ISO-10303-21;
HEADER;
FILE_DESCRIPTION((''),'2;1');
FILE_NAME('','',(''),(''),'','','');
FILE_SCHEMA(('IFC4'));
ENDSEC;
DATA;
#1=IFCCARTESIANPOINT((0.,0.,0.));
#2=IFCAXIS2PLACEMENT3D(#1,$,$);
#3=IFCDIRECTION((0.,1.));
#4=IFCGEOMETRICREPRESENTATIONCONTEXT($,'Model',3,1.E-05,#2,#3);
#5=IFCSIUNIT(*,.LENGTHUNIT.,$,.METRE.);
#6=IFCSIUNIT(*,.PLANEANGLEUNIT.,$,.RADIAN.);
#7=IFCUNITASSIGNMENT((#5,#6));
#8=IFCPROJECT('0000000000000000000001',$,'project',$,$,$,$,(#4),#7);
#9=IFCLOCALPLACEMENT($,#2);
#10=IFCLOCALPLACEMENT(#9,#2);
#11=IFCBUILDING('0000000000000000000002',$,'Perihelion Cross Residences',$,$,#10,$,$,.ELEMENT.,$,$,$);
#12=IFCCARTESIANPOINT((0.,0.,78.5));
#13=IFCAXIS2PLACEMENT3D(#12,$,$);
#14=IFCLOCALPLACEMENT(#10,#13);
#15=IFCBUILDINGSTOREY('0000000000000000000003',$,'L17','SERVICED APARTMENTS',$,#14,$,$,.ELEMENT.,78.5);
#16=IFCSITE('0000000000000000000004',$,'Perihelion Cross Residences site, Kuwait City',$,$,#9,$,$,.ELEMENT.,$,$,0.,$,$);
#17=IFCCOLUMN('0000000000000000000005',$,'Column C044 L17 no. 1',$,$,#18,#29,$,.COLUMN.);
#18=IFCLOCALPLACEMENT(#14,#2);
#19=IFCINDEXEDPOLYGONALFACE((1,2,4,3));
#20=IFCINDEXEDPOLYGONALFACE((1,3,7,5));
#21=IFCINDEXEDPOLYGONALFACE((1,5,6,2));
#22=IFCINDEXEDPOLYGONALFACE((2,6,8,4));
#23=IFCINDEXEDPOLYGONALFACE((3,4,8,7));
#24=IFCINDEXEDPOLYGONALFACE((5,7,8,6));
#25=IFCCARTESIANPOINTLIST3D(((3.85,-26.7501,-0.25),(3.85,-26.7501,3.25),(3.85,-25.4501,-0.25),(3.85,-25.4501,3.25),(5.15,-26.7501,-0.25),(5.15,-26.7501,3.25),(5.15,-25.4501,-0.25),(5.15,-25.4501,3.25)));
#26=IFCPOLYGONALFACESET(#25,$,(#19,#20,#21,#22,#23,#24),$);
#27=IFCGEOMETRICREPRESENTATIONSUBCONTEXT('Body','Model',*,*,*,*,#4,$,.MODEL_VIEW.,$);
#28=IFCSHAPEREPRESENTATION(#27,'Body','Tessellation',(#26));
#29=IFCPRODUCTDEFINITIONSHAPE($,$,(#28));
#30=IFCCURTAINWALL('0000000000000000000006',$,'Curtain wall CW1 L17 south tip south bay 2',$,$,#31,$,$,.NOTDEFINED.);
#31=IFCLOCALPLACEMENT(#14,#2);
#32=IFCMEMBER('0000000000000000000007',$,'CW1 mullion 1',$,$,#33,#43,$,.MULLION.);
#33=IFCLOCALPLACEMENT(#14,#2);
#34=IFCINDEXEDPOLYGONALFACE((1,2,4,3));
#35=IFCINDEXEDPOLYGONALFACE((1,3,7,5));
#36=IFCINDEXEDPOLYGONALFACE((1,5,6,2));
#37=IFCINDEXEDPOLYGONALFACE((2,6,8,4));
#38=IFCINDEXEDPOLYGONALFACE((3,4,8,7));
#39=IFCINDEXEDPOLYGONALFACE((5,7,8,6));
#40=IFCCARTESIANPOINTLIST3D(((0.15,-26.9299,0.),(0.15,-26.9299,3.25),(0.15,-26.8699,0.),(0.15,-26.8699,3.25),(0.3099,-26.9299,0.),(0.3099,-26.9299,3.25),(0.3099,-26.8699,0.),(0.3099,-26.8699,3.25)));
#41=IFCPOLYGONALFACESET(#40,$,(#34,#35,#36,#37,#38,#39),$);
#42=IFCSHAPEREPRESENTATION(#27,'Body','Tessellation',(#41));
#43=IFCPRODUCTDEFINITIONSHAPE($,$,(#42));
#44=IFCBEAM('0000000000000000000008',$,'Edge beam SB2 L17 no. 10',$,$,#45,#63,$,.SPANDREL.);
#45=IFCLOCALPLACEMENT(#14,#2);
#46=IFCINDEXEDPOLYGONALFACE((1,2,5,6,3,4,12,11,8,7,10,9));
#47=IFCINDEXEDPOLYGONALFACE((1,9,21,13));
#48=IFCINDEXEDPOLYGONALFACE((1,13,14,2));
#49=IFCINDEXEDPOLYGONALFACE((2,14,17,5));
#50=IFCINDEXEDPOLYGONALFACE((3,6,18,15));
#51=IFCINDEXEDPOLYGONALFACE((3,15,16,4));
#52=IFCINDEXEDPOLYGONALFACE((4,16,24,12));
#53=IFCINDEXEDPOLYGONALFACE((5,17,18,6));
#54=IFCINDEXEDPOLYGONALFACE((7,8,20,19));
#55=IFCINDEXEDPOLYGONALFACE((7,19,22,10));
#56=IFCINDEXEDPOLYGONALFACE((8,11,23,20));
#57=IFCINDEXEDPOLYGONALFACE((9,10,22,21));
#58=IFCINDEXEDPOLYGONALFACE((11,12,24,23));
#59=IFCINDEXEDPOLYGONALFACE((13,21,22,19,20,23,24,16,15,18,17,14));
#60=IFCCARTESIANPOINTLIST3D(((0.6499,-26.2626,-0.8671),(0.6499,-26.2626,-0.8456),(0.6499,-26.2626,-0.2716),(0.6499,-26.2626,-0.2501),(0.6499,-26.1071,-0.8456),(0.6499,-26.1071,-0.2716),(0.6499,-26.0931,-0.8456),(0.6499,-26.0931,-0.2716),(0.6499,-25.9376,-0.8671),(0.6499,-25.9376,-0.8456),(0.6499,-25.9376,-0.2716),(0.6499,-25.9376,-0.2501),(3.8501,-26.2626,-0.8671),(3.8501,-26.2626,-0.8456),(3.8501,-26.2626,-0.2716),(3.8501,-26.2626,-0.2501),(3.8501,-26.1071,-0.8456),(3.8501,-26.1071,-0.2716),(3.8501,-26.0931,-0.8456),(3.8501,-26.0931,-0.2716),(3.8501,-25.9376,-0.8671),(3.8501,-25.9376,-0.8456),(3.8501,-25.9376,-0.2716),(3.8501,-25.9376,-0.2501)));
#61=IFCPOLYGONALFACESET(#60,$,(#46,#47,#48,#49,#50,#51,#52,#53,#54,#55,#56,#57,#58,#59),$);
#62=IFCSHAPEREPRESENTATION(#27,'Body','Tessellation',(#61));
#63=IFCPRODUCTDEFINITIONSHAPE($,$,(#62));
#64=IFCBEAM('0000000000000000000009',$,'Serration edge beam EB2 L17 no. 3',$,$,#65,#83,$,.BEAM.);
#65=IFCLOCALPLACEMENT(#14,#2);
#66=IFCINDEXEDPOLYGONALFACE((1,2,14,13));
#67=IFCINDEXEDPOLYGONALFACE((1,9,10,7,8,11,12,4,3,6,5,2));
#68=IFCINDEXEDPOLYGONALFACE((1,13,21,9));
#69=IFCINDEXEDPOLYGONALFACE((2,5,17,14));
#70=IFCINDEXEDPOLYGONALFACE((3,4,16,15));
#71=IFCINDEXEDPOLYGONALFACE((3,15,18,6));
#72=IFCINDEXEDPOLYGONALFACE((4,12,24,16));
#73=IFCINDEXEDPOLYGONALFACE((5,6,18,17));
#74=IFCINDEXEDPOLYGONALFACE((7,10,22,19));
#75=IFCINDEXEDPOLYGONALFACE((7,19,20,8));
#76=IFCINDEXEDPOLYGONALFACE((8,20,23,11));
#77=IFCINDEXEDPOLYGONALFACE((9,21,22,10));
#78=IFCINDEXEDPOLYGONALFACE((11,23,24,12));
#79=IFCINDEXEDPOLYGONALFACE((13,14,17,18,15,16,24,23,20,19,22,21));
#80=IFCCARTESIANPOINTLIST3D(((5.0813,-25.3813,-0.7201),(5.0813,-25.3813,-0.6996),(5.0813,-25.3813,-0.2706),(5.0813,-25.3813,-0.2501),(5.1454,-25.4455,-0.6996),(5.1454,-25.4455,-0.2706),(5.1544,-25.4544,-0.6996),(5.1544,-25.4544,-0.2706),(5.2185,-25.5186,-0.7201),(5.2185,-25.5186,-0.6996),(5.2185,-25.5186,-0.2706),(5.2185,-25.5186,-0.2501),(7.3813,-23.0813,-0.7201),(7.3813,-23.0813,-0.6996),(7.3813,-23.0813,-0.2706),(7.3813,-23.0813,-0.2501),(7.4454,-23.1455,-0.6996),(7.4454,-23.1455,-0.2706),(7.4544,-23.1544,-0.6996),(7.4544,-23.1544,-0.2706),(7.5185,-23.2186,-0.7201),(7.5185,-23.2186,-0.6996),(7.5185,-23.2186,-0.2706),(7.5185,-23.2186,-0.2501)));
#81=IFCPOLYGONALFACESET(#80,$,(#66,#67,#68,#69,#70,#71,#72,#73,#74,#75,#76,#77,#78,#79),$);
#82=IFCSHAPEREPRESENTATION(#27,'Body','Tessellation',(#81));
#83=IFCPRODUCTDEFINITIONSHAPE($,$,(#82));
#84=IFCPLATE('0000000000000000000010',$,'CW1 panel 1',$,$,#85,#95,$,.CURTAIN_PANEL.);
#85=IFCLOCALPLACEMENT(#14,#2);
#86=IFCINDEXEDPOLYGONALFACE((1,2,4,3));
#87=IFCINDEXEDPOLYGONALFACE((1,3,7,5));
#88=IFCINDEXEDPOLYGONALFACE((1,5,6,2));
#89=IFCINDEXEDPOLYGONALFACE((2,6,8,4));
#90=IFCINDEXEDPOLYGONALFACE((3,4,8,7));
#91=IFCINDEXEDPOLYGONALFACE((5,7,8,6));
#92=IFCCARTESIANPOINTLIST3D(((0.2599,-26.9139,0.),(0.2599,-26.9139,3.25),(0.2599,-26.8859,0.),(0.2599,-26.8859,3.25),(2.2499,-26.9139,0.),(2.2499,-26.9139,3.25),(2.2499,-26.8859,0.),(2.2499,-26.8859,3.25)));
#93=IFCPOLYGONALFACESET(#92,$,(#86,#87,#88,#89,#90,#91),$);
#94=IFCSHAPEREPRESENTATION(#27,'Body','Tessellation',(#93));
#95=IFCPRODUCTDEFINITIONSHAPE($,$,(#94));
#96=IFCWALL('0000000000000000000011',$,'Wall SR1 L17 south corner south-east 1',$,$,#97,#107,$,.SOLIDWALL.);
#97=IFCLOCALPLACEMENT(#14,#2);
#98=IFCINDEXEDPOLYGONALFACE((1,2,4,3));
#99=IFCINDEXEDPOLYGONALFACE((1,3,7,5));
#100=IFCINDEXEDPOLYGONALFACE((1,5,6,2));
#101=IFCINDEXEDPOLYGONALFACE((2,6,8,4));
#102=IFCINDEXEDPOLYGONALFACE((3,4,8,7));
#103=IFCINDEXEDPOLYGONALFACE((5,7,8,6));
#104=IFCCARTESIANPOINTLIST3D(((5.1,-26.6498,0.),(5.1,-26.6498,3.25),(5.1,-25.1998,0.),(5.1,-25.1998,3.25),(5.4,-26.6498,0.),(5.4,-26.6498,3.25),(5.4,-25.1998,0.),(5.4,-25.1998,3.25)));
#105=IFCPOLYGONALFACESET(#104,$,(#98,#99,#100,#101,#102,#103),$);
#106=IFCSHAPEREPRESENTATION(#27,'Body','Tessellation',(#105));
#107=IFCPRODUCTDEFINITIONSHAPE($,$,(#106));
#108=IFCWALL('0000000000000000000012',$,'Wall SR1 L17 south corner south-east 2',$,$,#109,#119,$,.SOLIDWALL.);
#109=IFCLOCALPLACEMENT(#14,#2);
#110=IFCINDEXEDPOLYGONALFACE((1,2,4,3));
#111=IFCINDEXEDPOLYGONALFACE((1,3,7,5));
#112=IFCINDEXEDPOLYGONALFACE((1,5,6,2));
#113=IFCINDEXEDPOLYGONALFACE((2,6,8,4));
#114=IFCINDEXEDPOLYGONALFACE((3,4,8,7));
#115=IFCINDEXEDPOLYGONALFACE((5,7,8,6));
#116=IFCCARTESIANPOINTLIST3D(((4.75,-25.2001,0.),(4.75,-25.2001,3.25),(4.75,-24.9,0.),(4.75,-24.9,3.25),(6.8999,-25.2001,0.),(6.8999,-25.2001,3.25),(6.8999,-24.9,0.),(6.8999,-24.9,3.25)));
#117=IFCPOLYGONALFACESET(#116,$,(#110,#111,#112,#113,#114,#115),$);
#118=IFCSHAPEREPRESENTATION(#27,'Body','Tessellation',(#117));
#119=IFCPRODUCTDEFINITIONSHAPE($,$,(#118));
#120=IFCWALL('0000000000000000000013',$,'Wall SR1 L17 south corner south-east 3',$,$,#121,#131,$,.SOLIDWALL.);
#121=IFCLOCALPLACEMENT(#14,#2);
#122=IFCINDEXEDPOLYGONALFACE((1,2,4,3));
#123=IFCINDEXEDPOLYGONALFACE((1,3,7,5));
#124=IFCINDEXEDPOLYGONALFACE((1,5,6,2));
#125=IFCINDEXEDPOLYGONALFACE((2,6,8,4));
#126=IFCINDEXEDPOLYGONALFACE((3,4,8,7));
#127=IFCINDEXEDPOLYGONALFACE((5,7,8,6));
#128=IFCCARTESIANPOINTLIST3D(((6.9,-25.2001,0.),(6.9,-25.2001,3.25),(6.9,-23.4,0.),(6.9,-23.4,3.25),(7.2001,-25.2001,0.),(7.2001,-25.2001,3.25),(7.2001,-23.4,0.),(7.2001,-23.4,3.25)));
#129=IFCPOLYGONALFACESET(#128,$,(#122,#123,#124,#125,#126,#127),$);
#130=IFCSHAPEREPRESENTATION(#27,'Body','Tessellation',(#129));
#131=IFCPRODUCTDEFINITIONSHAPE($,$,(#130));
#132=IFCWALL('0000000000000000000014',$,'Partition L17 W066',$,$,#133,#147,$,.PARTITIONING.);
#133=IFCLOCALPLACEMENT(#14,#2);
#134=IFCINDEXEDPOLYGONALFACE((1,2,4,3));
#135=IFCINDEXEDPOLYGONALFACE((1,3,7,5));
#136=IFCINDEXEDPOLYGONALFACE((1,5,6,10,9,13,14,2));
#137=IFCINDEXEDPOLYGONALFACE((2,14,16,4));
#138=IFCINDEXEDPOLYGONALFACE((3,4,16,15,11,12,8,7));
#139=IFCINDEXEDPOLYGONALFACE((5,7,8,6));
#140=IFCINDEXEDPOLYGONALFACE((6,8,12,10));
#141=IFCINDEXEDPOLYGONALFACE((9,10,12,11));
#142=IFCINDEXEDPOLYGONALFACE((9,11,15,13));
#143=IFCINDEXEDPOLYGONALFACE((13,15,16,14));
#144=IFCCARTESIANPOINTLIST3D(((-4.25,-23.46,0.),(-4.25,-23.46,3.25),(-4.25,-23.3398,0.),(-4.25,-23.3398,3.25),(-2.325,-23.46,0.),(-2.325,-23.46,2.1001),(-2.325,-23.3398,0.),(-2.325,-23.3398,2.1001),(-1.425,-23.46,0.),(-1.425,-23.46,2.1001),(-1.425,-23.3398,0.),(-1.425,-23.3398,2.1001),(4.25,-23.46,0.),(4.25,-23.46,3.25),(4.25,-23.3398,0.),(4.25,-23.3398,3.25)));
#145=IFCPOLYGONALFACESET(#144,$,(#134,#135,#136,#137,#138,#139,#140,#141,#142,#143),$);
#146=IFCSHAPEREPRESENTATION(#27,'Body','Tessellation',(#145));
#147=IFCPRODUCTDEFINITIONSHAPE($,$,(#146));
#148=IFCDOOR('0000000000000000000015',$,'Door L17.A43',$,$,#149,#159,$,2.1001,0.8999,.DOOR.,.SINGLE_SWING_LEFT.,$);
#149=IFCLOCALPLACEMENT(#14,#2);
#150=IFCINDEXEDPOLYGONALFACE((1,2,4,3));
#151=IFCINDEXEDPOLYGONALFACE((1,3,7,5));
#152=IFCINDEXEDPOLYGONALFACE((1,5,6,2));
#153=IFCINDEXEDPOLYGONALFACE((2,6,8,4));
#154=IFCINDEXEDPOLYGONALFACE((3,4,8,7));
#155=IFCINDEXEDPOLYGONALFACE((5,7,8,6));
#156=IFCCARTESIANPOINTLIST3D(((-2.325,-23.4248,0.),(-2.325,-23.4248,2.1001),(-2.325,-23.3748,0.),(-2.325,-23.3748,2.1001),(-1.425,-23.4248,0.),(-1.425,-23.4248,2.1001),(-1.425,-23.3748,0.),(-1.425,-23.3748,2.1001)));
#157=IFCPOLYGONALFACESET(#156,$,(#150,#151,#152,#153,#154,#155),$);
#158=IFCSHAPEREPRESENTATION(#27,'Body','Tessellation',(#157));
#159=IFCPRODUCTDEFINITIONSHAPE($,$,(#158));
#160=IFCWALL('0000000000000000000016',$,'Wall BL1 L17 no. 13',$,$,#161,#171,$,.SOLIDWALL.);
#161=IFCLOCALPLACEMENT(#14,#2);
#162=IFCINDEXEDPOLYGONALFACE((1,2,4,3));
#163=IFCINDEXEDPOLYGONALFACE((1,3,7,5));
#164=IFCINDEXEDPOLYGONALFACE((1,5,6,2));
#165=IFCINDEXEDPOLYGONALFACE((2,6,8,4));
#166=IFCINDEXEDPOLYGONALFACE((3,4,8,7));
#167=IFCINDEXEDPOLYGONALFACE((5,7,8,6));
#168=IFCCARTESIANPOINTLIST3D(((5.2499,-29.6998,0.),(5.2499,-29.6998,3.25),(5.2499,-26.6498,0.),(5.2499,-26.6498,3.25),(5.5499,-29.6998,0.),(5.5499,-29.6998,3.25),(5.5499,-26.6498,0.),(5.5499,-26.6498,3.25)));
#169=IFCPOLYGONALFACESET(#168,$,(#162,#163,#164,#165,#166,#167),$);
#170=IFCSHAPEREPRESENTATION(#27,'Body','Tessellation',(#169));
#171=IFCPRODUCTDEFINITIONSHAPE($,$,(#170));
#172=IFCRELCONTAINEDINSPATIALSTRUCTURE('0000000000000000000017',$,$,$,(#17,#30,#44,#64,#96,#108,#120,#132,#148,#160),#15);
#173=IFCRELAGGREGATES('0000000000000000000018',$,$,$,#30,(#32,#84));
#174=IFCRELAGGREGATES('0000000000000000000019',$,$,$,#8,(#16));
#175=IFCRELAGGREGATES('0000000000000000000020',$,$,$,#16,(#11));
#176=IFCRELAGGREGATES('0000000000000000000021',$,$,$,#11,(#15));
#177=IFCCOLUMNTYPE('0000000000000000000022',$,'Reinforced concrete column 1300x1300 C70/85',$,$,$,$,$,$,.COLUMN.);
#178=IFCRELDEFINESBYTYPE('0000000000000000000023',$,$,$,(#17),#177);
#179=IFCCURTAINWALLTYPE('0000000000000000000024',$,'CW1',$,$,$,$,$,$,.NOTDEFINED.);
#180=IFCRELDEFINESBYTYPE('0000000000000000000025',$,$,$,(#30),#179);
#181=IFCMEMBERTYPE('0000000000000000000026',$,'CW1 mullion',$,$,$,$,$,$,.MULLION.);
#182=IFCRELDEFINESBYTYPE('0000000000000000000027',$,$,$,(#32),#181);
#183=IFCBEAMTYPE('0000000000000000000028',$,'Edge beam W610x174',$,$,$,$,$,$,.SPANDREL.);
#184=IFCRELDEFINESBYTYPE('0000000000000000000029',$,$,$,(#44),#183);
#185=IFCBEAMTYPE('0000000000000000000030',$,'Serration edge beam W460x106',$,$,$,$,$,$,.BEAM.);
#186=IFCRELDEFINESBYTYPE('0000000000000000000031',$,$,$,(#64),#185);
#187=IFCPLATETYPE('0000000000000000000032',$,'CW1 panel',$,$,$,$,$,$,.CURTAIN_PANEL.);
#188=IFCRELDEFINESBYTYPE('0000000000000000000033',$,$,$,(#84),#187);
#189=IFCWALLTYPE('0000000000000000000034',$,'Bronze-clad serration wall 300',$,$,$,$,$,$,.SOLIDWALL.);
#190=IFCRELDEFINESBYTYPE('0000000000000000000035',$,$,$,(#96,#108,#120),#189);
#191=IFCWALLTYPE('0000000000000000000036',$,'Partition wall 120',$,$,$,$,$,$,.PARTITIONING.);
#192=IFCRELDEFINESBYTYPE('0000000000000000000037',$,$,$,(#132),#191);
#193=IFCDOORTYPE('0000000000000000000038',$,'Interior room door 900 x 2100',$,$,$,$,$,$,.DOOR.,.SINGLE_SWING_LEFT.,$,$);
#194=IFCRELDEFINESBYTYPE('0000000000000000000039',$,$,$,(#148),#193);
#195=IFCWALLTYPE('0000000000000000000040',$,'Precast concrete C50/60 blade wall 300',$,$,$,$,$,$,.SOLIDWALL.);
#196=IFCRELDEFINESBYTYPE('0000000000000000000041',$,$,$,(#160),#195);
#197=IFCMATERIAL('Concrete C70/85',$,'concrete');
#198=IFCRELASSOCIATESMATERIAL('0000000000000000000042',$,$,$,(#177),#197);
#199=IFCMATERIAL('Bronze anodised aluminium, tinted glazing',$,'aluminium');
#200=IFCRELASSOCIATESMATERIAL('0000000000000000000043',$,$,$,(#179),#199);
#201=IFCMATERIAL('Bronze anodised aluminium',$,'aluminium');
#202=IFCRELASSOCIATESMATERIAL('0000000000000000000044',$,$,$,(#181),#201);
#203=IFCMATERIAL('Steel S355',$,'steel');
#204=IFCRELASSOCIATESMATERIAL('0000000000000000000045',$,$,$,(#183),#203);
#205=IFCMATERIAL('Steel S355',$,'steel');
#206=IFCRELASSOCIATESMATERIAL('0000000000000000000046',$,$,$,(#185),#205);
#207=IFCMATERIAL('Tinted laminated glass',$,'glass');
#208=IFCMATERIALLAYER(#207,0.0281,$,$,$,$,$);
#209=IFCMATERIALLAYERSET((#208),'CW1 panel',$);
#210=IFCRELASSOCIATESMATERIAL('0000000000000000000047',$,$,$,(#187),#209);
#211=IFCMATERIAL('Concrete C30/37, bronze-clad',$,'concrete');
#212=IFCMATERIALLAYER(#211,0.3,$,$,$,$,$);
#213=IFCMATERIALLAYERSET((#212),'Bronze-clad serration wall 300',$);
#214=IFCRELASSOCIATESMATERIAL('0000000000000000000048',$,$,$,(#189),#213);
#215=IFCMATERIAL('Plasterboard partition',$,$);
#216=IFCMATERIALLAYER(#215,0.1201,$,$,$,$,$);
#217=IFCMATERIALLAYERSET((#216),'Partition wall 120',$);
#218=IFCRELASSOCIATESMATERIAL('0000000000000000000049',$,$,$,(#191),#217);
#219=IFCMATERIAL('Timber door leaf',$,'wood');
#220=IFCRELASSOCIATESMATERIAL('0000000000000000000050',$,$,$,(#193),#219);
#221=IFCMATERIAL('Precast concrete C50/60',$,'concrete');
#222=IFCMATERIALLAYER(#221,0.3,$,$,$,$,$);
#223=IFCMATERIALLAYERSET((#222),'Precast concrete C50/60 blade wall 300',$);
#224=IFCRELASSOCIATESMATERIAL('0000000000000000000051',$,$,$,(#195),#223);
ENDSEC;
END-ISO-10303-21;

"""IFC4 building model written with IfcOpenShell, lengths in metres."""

from ifc_helpers import new_model, si_unit, direction, frame, frame_2d, origin, origin_2d, place, context, subcontext, project, spatial, rectangle, i_section, extrude, material, layer, layer_set, material_profile, profile_set, type_object, element, fill, aggregate, save


model = new_model("IFC4")

# Units and contexts
model_context = context("Model", 3, precision=1e-05, world=origin(), true_north=direction((0.0, 1.0)))
body_context = subcontext(model_context, "Body", "Model", "MODEL_VIEW")
ifc_project = project(units=[si_unit("LENGTHUNIT", "METRE"), si_unit("PLANEANGLEUNIT", "RADIAN")], contexts=[model_context])

# Site, building, storey
site_placement = place(None, origin())
site = spatial("IfcSite", under=ifc_project, at=site_placement, Name="Perihelion Cross Residences site, Kuwait City", CompositionType="ELEMENT", RefElevation=0.0)
building_placement = place(site_placement, origin())
building = spatial("IfcBuilding", under=site, at=building_placement, Name="Perihelion Cross Residences", CompositionType="ELEMENT")
storey_placement = place(building_placement, frame((0.0, 0.0, 78.5)))
storey = spatial("IfcBuildingStorey", under=building, at=storey_placement, Name="L17", Description="SERVICED APARTMENTS", CompositionType="ELEMENT", Elevation=78.5)

# Column
ifc_material_1 = material(Name="Concrete C70/85", Category="concrete")
ifc_material_profile_1 = material_profile(ifc_material_1, rectangle(XDim=1.3, YDim=1.3, at=origin_2d()), Name="RC 1300x1300")
ifc_profile_set_1 = profile_set([ifc_material_profile_1], Name="Concrete C70/85")
column_type = type_object("IfcColumnType", Name="Reinforced concrete column 1300x1300 C70/85", PredefinedType="COLUMN", material=ifc_profile_set_1)
column_placement = place(storey_placement, frame((4.5, -26.1001, -0.25), z_axis=(0.0, 0.0, 1.0), x_axis=(1.0, 0.0, 0.0)))
element("IfcColumn", 1, at=column_placement, inside=storey, type_object=column_type, Name="Column C044 L17 no. 1", PredefinedType="COLUMN", context=body_context, shape_type="SweptSolid", body=[
    extrude(rectangle(XDim=1.3, YDim=1.3, at=origin_2d()), origin(), (0.0, 0.0, 1.0), 3.5),
])

# Curtain wall, member
ifc_material_2 = material(Name="Bronze anodised aluminium, tinted glazing", Category="aluminium")
curtain_wall_type = type_object("IfcCurtainWallType", Name="CW1", PredefinedType="NOTDEFINED", material=ifc_material_2)
curtain_wall_placement = place(storey_placement, origin())
curtain_wall = element("IfcCurtainWall", 2, at=curtain_wall_placement, inside=storey, type_object=curtain_wall_type, Name="Curtain wall CW1 L17 south tip south bay 2", PredefinedType="NOTDEFINED")
ifc_material_3 = material(Name="Bronze anodised aluminium", Category="aluminium")
ifc_material_profile_2 = material_profile(ifc_material_3, rectangle(XDim=0.0601, YDim=0.1599, at=origin_2d()), Name="CW1 mullion")
ifc_profile_set_2 = profile_set([ifc_material_profile_2], Name="Bronze anodised aluminium")
member_type = type_object("IfcMemberType", Name="CW1 mullion", PredefinedType="MULLION", material=ifc_profile_set_2)
member_placement = place(storey_placement, frame((0.23, -26.8999, 0.0), z_axis=(0.0, 0.0, 1.0), x_axis=(0.0, 1.0, 0.0)))
member = element("IfcMember", 3, at=member_placement, type_object=member_type, Name="CW1 mullion 1", PredefinedType="MULLION", context=body_context, shape_type="SweptSolid", body=[
    extrude(rectangle(XDim=0.0601, YDim=0.1599, at=origin_2d()), origin(), (0.0, 0.0, 1.0), 3.25),
])

# Beams
ifc_material_4 = material(Name="Steel S355", Category="steel")
ifc_material_profile_3 = material_profile(ifc_material_4, i_section(OverallWidth=0.325, OverallDepth=0.6169, WebThickness=0.0139, FlangeThickness=0.0215, at=origin_2d()), Name="W610x174")
ifc_profile_set_3 = profile_set([ifc_material_profile_3], Name="Steel S355")
beam_type_1 = type_object("IfcBeamType", Name="Edge beam W610x174", PredefinedType="SPANDREL", material=ifc_profile_set_3)
beam_1_placement = place(storey_placement, frame((0.6499, -26.1001, -0.5586), z_axis=(1.0, 0.0, 0.0), x_axis=(0.0, 1.0, 0.0)))
element("IfcBeam", 4, at=beam_1_placement, inside=storey, type_object=beam_type_1, Name="Edge beam SB2 L17 no. 10", PredefinedType="SPANDREL", context=body_context, shape_type="SweptSolid", body=[
    extrude(i_section(OverallWidth=0.325, OverallDepth=0.6169, WebThickness=0.0139, FlangeThickness=0.0215, at=origin_2d()), origin(), (0.0, 0.0, 1.0), 3.2002),
])
ifc_material_5 = material(Name="Steel S355", Category="steel")
ifc_material_profile_4 = material_profile(ifc_material_5, i_section(OverallWidth=0.1941, OverallDepth=0.47, WebThickness=0.0127, FlangeThickness=0.0205, at=origin_2d()), Name="W460x106")
ifc_profile_set_4 = profile_set([ifc_material_profile_4], Name="Steel S355")
beam_type_2 = type_object("IfcBeamType", Name="Serration edge beam W460x106", PredefinedType="BEAM", material=ifc_profile_set_4)
beam_2_placement = place(storey_placement, frame((5.1499, -25.45, -0.4851), z_axis=(0.707107, 0.707107, 0.0), x_axis=(-0.707107, 0.707107, 0.0)))
element("IfcBeam", 5, at=beam_2_placement, inside=storey, type_object=beam_type_2, Name="Serration edge beam EB2 L17 no. 3", PredefinedType="BEAM", context=body_context, shape_type="SweptSolid", body=[
    extrude(i_section(OverallWidth=0.1941, OverallDepth=0.47, WebThickness=0.0127, FlangeThickness=0.0205, at=origin_2d()), origin(), (0.0, 0.0, 1.0), 3.2527),
])

# Plate
ifc_material_6 = material(Name="Tinted laminated glass", Category="glass")
ifc_layer_1 = layer(ifc_material_6, 0.0281)
ifc_layer_set_1 = layer_set([ifc_layer_1], Name="CW1 panel")
plate_type = type_object("IfcPlateType", Name="CW1 panel", PredefinedType="CURTAIN_PANEL", material=ifc_layer_set_1)
plate_placement = place(storey_placement, frame((1.2549, -26.8999, 0.0), z_axis=(0.0, 0.0, 1.0), x_axis=(1.0, 0.0, 0.0)))
plate = element("IfcPlate", 6, at=plate_placement, type_object=plate_type, Name="CW1 panel 1", PredefinedType="CURTAIN_PANEL", context=body_context, shape_type="SweptSolid", body=[
    extrude(rectangle(XDim=1.99, YDim=0.0281, at=origin_2d()), origin(), (0.0, 0.0, 1.0), 3.25),
])
aggregate(curtain_wall, [member, plate])

# Walls
ifc_material_7 = material(Name="Concrete C30/37, bronze-clad", Category="concrete")
ifc_layer_2 = layer(ifc_material_7, 0.3)
ifc_layer_set_2 = layer_set([ifc_layer_2], Name="Bronze-clad serration wall 300")
wall_type_1 = type_object("IfcWallType", Name="Bronze-clad serration wall 300", PredefinedType="SOLIDWALL", material=ifc_layer_set_2)
wall_1_placement = place(storey_placement, frame((5.25, -26.6499, 0.0), z_axis=(0.0, 0.0, 1.0), x_axis=(0.0, 1.0, 0.0)))
element("IfcWall", 7, at=wall_1_placement, inside=storey, type_object=wall_type_1, Name="Wall SR1 L17 south corner south-east 1", PredefinedType="SOLIDWALL", context=body_context, shape_type="SweptSolid", body=[
    extrude(rectangle(XDim=1.45, YDim=0.3, at=frame_2d((0.7251, 0.0))), origin(), (0.0, 0.0, 1.0), 3.25),
])
wall_2_placement = place(storey_placement, frame((4.75, -25.05, 0.0), z_axis=(0.0, 0.0, 1.0), x_axis=(1.0, 0.0, 0.0)))
element("IfcWall", 8, at=wall_2_placement, inside=storey, type_object=wall_type_1, Name="Wall SR1 L17 south corner south-east 2", PredefinedType="SOLIDWALL", context=body_context, shape_type="SweptSolid", body=[
    extrude(rectangle(XDim=2.1499, YDim=0.3, at=frame_2d((1.075, 0.0))), origin(), (0.0, 0.0, 1.0), 3.25),
])
wall_3_placement = place(storey_placement, frame((7.05, -25.2, 0.0), z_axis=(0.0, 0.0, 1.0), x_axis=(0.0, 1.0, 0.0)))
element("IfcWall", 9, at=wall_3_placement, inside=storey, type_object=wall_type_1, Name="Wall SR1 L17 south corner south-east 3", PredefinedType="SOLIDWALL", context=body_context, shape_type="SweptSolid", body=[
    extrude(rectangle(XDim=1.8, YDim=0.3, at=frame_2d((0.8999, 0.0))), origin(), (0.0, 0.0, 1.0), 3.25),
])

# Wall, opening, door
ifc_material_8 = material(Name="Plasterboard partition")
ifc_layer_3 = layer(ifc_material_8, 0.1201)
ifc_layer_set_3 = layer_set([ifc_layer_3], Name="Partition wall 120")
wall_type_2 = type_object("IfcWallType", Name="Partition wall 120", PredefinedType="PARTITIONING", material=ifc_layer_set_3)
wall_4_placement = place(storey_placement, frame((4.25, -23.3999, 0.0), z_axis=(0.0, 0.0, 1.0), x_axis=(-1.0, 0.0, 0.0)))
wall_4 = element("IfcWall", 10, at=wall_4_placement, inside=storey, type_object=wall_type_2, Name="Partition L17 W066", PredefinedType="PARTITIONING", context=body_context, shape_type="SweptSolid", body=[
    extrude(rectangle(XDim=8.5, YDim=0.1201, at=frame_2d((4.25, 0.0))), origin(), (0.0, 0.0, 1.0), 3.25),
])
opening_1_placement = place(wall_4_placement, frame((5.675, 0.0, 0.0)))
opening_1 = element("IfcOpeningElement", 11, at=opening_1_placement, cuts=wall_4, PredefinedType="OPENING", context=body_context, shape_type="SweptSolid", body=[
    extrude(rectangle(XDim=0.8999, YDim=2.1001, at=frame_2d((0.45, 1.05))), frame((0.0, 0.0701, 0.0), z_axis=(0.0, -1.0, 0.0), x_axis=(1.0, 0.0, 0.0)), (0.0, 0.0, 1.0), 0.1401),
])
ifc_material_9 = material(Name="Timber door leaf", Category="wood")
door_type_1 = type_object("IfcDoorType", Name="Interior room door 900 x 2100", OperationType="SINGLE_SWING_LEFT", PredefinedType="DOOR", material=ifc_material_9)
door_1_placement = place(opening_1_placement, origin())
door_1 = element("IfcDoor", 12, at=door_1_placement, inside=storey, type_object=door_type_1, Name="Door L17.A43", OperationType="SINGLE_SWING_LEFT", OverallHeight=2.1001, OverallWidth=0.8999, PredefinedType="DOOR", context=body_context, shape_type="SweptSolid", body=[
    extrude(rectangle(XDim=0.8999, YDim=2.1001, at=frame_2d((0.45, 1.05))), frame((0.0, 0.0249, 0.0), z_axis=(0.0, -1.0, 0.0), x_axis=(1.0, 0.0, 0.0)), (0.0, 0.0, 1.0), 0.05),
])
fill(opening_1, door_1)

# Wall
ifc_material_10 = material(Name="Precast concrete C50/60", Category="concrete")
ifc_layer_4 = layer(ifc_material_10, 0.3)
ifc_layer_set_4 = layer_set([ifc_layer_4], Name="Precast concrete C50/60 blade wall 300")
wall_type_3 = type_object("IfcWallType", Name="Precast concrete C50/60 blade wall 300", PredefinedType="SOLIDWALL", material=ifc_layer_set_4)
wall_5_placement = place(storey_placement, frame((5.3999, -26.6499, 0.0), z_axis=(0.0, 0.0, 1.0), x_axis=(0.0, -1.0, 0.0)))
element("IfcWall", 13, at=wall_5_placement, inside=storey, type_object=wall_type_3, Name="Wall BL1 L17 no. 13", PredefinedType="SOLIDWALL", context=body_context, shape_type="SweptSolid", body=[
    extrude(rectangle(XDim=3.05, YDim=0.3, at=frame_2d((1.5249, 0.0))), origin(), (0.0, 0.0, 1.0), 3.25),
])

save(model, "model.ifc")
